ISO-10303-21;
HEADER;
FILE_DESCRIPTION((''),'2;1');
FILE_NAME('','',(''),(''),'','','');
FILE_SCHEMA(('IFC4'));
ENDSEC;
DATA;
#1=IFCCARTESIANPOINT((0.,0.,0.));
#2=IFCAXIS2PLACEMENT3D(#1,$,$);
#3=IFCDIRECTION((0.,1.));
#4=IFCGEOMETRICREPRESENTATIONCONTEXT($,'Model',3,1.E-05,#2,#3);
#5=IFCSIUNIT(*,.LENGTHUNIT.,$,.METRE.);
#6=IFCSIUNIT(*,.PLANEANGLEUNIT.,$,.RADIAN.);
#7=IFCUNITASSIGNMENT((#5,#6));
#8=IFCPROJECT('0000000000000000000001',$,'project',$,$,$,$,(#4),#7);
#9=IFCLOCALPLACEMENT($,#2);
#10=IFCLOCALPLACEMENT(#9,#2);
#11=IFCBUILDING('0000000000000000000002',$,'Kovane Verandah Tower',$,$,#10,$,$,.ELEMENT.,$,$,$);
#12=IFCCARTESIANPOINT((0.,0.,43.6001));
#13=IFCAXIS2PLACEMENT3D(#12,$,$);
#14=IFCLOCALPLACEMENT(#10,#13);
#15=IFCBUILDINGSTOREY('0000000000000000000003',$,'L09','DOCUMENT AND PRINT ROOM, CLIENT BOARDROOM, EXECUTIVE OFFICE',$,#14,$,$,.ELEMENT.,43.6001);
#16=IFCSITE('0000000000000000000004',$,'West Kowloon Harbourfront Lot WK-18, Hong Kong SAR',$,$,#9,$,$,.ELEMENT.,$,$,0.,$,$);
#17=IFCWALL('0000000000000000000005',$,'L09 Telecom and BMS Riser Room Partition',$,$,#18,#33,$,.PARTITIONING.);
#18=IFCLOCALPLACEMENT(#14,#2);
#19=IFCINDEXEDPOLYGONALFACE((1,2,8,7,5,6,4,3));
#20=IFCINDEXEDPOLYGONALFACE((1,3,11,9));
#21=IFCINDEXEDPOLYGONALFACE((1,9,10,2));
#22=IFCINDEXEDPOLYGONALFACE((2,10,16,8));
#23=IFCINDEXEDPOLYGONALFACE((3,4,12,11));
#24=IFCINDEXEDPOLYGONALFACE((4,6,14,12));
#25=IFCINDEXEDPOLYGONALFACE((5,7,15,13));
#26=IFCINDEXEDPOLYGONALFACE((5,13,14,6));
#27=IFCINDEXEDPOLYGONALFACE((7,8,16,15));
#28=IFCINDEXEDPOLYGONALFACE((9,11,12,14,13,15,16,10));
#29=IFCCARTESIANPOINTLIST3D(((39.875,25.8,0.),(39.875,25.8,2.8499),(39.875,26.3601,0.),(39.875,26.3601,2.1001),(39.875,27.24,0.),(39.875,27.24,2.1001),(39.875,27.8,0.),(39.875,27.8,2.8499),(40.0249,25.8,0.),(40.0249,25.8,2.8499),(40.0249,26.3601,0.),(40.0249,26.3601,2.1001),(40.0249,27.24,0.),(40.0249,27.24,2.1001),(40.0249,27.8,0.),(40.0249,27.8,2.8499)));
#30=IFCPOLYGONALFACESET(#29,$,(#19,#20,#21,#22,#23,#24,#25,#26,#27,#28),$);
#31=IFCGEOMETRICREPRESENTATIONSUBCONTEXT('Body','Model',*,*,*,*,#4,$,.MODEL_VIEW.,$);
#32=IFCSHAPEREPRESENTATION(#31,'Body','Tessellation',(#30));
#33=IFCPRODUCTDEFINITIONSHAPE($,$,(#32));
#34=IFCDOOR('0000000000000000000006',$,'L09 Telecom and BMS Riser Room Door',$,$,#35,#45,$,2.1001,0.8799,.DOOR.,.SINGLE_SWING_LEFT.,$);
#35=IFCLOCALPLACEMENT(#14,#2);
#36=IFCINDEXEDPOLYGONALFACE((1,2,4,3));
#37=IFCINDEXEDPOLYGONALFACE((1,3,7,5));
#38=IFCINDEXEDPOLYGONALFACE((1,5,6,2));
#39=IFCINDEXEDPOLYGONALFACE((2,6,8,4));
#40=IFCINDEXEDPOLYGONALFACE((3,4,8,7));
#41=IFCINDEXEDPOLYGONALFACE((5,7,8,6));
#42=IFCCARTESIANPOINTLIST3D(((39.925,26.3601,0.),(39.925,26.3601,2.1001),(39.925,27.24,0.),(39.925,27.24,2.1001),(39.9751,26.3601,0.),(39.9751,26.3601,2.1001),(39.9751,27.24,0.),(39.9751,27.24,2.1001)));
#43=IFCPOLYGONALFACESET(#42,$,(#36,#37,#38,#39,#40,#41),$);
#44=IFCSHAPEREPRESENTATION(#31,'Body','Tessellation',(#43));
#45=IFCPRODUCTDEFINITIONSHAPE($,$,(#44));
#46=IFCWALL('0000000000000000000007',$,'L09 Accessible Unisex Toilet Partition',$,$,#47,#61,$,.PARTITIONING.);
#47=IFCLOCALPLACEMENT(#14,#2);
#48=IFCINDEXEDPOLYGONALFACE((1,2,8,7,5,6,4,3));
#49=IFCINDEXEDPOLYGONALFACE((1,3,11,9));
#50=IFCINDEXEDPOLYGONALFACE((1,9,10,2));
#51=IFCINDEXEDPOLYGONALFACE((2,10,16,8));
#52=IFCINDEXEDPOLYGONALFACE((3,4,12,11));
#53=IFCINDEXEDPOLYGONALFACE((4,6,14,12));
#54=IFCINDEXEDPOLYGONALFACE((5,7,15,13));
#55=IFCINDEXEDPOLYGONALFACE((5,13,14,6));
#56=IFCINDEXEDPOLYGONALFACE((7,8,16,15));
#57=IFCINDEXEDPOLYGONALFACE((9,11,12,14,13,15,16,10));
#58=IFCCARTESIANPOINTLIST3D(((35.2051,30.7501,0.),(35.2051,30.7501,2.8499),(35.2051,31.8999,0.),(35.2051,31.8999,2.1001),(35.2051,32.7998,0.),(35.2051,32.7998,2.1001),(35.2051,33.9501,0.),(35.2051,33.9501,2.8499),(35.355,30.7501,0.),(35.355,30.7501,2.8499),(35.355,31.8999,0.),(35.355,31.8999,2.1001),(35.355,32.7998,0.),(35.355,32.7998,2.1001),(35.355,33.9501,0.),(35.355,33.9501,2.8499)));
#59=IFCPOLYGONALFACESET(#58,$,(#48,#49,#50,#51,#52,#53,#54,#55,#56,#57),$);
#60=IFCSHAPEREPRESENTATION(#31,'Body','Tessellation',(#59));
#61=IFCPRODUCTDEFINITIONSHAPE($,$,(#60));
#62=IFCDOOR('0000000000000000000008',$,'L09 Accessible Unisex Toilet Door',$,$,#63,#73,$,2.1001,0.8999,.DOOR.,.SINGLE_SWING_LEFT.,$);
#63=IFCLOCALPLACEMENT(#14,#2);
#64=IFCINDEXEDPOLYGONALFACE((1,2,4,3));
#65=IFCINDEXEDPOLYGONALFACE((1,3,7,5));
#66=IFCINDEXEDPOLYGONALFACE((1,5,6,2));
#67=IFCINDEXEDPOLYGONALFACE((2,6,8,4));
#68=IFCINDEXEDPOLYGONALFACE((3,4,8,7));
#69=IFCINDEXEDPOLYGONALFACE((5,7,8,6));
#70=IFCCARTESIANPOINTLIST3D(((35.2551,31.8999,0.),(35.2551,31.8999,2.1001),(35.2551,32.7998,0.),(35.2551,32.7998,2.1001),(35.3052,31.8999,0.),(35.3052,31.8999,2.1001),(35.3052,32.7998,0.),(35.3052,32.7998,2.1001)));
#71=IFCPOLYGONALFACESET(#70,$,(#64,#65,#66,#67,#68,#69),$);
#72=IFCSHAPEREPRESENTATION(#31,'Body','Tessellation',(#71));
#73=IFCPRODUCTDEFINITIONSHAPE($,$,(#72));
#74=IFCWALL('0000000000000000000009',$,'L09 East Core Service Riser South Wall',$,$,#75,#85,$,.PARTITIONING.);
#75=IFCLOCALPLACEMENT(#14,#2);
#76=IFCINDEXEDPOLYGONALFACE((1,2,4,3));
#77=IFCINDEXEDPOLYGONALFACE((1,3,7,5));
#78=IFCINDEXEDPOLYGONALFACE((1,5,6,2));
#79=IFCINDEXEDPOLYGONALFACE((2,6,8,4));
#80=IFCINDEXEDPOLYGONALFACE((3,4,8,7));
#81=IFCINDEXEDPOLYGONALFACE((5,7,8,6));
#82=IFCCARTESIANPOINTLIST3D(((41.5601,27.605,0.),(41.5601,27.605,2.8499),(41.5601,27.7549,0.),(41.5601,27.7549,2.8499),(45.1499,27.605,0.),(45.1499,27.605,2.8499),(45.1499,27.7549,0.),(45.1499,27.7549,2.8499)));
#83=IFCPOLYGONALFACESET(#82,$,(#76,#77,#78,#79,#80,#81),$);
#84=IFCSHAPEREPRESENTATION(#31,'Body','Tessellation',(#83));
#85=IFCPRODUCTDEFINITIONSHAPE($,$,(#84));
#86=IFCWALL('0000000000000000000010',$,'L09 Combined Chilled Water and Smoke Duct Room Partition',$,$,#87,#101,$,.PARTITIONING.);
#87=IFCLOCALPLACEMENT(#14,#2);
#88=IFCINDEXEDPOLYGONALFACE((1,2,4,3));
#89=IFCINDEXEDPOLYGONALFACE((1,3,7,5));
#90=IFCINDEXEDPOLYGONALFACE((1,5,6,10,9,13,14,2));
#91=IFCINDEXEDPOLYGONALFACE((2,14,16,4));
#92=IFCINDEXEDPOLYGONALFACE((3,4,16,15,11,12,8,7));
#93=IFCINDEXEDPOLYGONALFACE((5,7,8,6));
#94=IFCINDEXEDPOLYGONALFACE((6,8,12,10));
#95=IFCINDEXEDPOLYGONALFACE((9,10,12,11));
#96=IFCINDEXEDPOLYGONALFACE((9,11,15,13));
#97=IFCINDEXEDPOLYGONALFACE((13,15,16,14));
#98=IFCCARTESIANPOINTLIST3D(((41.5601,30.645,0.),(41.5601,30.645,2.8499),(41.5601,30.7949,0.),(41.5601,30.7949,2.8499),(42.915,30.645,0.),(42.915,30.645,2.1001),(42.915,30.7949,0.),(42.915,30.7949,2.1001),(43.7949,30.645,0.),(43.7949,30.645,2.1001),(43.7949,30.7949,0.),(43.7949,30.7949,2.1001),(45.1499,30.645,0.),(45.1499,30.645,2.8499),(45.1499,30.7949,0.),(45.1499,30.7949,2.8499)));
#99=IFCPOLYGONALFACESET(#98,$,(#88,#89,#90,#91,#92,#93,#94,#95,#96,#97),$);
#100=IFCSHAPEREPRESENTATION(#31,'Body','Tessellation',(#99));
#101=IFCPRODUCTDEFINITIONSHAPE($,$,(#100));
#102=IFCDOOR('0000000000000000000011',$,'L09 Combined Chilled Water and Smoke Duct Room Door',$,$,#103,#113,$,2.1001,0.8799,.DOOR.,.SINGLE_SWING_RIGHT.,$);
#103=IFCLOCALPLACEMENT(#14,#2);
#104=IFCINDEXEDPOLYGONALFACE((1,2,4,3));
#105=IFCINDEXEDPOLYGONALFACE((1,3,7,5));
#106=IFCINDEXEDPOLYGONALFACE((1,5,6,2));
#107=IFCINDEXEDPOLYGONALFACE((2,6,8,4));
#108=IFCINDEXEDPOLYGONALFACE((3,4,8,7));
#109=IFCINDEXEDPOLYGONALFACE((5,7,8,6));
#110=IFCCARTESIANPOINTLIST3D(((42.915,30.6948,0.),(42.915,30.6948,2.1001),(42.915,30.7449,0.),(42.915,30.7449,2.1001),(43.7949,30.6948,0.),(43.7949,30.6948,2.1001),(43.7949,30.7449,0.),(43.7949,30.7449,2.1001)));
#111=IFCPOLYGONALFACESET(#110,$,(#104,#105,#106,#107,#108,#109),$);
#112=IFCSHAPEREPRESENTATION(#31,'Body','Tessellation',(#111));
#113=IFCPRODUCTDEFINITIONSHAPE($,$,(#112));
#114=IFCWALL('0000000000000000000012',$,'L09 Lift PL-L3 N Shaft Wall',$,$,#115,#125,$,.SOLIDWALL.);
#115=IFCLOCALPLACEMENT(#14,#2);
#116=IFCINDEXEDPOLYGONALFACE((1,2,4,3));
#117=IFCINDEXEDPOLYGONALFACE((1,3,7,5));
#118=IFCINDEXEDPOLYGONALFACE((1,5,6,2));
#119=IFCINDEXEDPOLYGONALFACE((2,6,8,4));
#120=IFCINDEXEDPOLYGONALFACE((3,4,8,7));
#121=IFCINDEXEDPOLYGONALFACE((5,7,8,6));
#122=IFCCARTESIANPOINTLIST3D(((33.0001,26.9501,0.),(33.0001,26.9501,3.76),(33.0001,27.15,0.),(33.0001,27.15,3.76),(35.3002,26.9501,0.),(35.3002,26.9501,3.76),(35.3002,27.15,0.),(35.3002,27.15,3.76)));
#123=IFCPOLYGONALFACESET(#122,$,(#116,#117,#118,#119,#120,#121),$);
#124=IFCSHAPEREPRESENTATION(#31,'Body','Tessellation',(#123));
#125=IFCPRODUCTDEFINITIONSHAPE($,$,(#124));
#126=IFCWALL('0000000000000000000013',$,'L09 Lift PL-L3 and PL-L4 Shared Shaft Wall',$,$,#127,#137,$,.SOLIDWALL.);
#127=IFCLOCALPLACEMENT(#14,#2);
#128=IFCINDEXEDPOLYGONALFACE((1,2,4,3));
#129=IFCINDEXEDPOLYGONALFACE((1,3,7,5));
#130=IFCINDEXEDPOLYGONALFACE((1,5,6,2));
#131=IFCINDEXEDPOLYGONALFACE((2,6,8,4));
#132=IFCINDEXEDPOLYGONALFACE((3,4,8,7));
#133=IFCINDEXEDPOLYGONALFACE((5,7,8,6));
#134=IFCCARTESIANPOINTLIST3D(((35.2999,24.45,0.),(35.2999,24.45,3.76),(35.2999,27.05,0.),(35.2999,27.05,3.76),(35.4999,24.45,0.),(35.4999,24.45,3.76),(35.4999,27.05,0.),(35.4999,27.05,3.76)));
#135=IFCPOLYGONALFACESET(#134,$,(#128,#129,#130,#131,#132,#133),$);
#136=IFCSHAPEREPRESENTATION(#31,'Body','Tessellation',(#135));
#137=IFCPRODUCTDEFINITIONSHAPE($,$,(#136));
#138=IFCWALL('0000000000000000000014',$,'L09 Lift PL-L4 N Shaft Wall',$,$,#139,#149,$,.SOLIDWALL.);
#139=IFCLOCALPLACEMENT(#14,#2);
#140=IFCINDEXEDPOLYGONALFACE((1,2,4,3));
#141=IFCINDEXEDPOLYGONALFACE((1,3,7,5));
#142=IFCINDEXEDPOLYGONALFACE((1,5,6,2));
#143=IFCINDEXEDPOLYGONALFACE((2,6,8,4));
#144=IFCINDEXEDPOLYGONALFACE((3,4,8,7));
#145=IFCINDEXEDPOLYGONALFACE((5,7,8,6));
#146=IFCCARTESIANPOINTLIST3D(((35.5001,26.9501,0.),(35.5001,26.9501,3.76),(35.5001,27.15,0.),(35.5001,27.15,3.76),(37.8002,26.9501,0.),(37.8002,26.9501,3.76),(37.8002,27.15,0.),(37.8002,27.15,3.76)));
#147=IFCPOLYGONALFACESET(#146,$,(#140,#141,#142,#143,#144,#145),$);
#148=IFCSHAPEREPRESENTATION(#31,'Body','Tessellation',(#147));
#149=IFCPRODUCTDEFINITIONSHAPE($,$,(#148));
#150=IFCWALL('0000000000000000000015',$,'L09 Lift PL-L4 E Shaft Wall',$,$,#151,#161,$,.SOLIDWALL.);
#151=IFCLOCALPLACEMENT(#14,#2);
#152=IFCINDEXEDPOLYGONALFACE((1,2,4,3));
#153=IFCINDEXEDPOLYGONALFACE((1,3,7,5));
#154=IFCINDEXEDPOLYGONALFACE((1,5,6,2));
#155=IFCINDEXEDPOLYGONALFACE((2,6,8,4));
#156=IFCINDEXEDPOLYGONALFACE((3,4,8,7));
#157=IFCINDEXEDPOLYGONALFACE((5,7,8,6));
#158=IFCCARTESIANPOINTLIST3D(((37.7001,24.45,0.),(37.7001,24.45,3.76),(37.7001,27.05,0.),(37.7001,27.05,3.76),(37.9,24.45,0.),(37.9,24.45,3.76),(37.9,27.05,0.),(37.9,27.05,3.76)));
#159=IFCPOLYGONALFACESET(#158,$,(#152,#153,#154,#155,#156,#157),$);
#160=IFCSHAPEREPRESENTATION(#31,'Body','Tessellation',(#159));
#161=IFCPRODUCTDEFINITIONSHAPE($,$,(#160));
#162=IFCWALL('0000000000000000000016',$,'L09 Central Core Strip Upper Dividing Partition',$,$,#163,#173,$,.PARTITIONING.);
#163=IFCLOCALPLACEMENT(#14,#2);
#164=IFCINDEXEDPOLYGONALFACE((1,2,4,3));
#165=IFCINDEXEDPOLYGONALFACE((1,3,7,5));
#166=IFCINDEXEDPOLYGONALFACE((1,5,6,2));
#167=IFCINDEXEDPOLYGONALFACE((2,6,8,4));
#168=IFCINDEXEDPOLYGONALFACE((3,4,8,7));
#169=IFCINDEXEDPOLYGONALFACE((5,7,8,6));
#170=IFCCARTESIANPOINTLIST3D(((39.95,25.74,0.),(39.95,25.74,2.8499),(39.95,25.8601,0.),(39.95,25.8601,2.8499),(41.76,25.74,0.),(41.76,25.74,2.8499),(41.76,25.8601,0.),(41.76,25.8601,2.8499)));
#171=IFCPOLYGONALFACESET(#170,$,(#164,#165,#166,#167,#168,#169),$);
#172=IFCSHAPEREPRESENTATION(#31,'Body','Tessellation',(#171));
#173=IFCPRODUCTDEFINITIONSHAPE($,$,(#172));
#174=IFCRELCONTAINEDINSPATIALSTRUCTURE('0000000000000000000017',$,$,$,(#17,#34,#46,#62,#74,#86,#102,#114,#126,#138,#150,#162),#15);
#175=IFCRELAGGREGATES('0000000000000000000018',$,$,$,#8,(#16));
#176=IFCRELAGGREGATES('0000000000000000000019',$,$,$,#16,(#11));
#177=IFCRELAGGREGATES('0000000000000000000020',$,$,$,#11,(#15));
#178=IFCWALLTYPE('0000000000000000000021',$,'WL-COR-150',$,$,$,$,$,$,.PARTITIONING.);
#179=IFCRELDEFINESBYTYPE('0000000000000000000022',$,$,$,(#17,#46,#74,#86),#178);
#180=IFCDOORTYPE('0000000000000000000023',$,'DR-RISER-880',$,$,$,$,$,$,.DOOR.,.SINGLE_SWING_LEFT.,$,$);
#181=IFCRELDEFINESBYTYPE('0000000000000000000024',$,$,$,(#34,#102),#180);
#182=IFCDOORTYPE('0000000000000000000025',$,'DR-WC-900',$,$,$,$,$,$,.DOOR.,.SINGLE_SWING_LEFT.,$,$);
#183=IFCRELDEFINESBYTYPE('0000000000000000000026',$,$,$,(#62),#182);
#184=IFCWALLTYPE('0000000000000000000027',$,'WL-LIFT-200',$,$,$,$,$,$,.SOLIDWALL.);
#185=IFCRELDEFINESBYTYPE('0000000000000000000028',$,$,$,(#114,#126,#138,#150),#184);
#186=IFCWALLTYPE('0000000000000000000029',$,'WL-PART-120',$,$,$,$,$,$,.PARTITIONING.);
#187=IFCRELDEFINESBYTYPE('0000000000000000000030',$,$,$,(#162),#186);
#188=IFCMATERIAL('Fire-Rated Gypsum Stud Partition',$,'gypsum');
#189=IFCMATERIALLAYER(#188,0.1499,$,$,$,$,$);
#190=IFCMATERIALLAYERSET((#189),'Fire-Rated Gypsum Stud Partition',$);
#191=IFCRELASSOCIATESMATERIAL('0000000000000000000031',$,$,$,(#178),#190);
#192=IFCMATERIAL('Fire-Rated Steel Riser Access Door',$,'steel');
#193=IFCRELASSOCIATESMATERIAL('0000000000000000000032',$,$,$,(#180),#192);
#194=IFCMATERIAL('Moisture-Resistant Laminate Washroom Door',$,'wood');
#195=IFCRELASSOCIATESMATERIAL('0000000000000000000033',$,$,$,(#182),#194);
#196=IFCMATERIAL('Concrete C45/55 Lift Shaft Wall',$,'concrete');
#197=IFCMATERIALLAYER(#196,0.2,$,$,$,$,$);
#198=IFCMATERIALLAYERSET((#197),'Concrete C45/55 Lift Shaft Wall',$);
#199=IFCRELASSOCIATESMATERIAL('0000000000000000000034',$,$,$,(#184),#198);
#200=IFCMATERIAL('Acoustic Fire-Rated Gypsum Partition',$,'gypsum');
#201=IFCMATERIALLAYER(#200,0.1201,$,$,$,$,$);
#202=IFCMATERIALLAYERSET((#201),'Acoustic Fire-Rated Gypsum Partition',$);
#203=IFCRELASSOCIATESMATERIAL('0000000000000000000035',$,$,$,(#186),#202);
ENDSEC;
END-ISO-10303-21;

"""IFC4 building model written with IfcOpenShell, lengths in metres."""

from ifc_helpers import new_model, si_unit, direction, frame, frame_2d, origin, place, context, subcontext, project, spatial, rectangle, extrude, material, layer, layer_set, type_object, element, fill, save


model = new_model("IFC4")

# Units and contexts
model_context = context("Model", 3, precision=1e-05, world=origin(), true_north=direction((0.0, 1.0)))
body_context = subcontext(model_context, "Body", "Model", "MODEL_VIEW")
ifc_project = project(units=[si_unit("LENGTHUNIT", "METRE"), si_unit("PLANEANGLEUNIT", "RADIAN")], contexts=[model_context])

# Site, building, storey
site_placement = place(None, origin())
site = spatial("IfcSite", under=ifc_project, at=site_placement, Name="West Kowloon Harbourfront Lot WK-18, Hong Kong SAR", CompositionType="ELEMENT", RefElevation=0.0)
building_placement = place(site_placement, origin())
building = spatial("IfcBuilding", under=site, at=building_placement, Name="Kovane Verandah Tower", CompositionType="ELEMENT")
storey_placement = place(building_placement, frame((0.0, 0.0, 43.6001)))
storey = spatial("IfcBuildingStorey", under=building, at=storey_placement, Name="L09", Description="DOCUMENT AND PRINT ROOM, CLIENT BOARDROOM, EXECUTIVE OFFICE", CompositionType="ELEMENT", Elevation=43.6001)

# Walls, openings, doors
ifc_material_1 = material(Name="Fire-Rated Gypsum Stud Partition", Category="gypsum")
ifc_layer_1 = layer(ifc_material_1, 0.1499)
ifc_layer_set_1 = layer_set([ifc_layer_1], Name="Fire-Rated Gypsum Stud Partition")
wall_type_1 = type_object("IfcWallType", Name="WL-COR-150", PredefinedType="PARTITIONING", material=ifc_layer_set_1)
wall_1_placement = place(storey_placement, frame((39.95, 25.8, 0.0), z_axis=(0.0, 0.0, 1.0), x_axis=(0.0, 1.0, 0.0)))
wall_1 = element("IfcWall", 1, at=wall_1_placement, inside=storey, type_object=wall_type_1, Name="L09 Telecom and BMS Riser Room Partition", PredefinedType="PARTITIONING", context=body_context, shape_type="SweptSolid", body=[
    extrude(rectangle(XDim=2.0, YDim=0.1499, at=frame_2d((1.0, 0.0))), origin(), (0.0, 0.0, 1.0), 2.8499),
])
opening_1_placement = place(wall_1_placement, frame((0.5601, 0.0, 0.0)))
opening_1 = element("IfcOpeningElement", 2, at=opening_1_placement, cuts=wall_1, PredefinedType="OPENING", context=body_context, shape_type="SweptSolid", body=[
    extrude(rectangle(XDim=0.8799, YDim=2.1001, at=frame_2d((0.4399, 1.05))), frame((0.0, 0.075, 0.0), z_axis=(0.0, -1.0, 0.0), x_axis=(1.0, 0.0, 0.0)), (0.0, 0.0, 1.0), 0.1499),
])
ifc_material_2 = material(Name="Fire-Rated Steel Riser Access Door", Category="steel")
door_type_1 = type_object("IfcDoorType", Name="DR-RISER-880", OperationType="SINGLE_SWING_LEFT", PredefinedType="DOOR", material=ifc_material_2)
door_1_placement = place(opening_1_placement, origin())
door_1 = element("IfcDoor", 3, at=door_1_placement, inside=storey, type_object=door_type_1, Name="L09 Telecom and BMS Riser Room Door", OperationType="SINGLE_SWING_LEFT", OverallHeight=2.1001, OverallWidth=0.8799, PredefinedType="DOOR", context=body_context, shape_type="SweptSolid", body=[
    extrude(rectangle(XDim=0.8799, YDim=2.1001, at=frame_2d((0.4399, 1.05))), frame((0.0, 0.0249, 0.0), z_axis=(0.0, -1.0, 0.0), x_axis=(1.0, 0.0, 0.0)), (0.0, 0.0, 1.0), 0.05),
])
fill(opening_1, door_1)
wall_2_placement = place(storey_placement, frame((35.28, 30.75, 0.0), z_axis=(0.0, 0.0, 1.0), x_axis=(0.0, 1.0, 0.0)))
wall_2 = element("IfcWall", 4, at=wall_2_placement, inside=storey, type_object=wall_type_1, Name="L09 Accessible Unisex Toilet Partition", PredefinedType="PARTITIONING", context=body_context, shape_type="SweptSolid", body=[
    extrude(rectangle(XDim=3.2, YDim=0.1499, at=frame_2d((1.6001, 0.0))), origin(), (0.0, 0.0, 1.0), 2.8499),
])
opening_2_placement = place(wall_2_placement, frame((1.1499, 0.0, 0.0)))
opening_2 = element("IfcOpeningElement", 5, at=opening_2_placement, cuts=wall_2, PredefinedType="OPENING", context=body_context, shape_type="SweptSolid", body=[
    extrude(rectangle(XDim=0.8999, YDim=2.1001, at=frame_2d((0.45, 1.05))), frame((0.0, 0.075, 0.0), z_axis=(0.0, -1.0, 0.0), x_axis=(1.0, 0.0, 0.0)), (0.0, 0.0, 1.0), 0.1499),
])
ifc_material_3 = material(Name="Moisture-Resistant Laminate Washroom Door", Category="wood")
door_type_2 = type_object("IfcDoorType", Name="DR-WC-900", OperationType="SINGLE_SWING_LEFT", PredefinedType="DOOR", material=ifc_material_3)
door_2_placement = place(opening_2_placement, origin())
door_2 = element("IfcDoor", 6, at=door_2_placement, inside=storey, type_object=door_type_2, Name="L09 Accessible Unisex Toilet Door", OperationType="SINGLE_SWING_LEFT", OverallHeight=2.1001, OverallWidth=0.8999, PredefinedType="DOOR", context=body_context, shape_type="SweptSolid", body=[
    extrude(rectangle(XDim=0.8999, YDim=2.1001, at=frame_2d((0.45, 1.05))), frame((0.0, 0.0249, 0.0), z_axis=(0.0, -1.0, 0.0), x_axis=(1.0, 0.0, 0.0)), (0.0, 0.0, 1.0), 0.05),
])
fill(opening_2, door_2)

# Wall
wall_3_placement = place(storey_placement, frame((41.5601, 27.6799, 0.0), z_axis=(0.0, 0.0, 1.0), x_axis=(1.0, 0.0, 0.0)))
element("IfcWall", 7, at=wall_3_placement, inside=storey, type_object=wall_type_1, Name="L09 East Core Service Riser South Wall", PredefinedType="PARTITIONING", context=body_context, shape_type="SweptSolid", body=[
    extrude(rectangle(XDim=3.5898, YDim=0.1499, at=frame_2d((1.7949, 0.0))), origin(), (0.0, 0.0, 1.0), 2.8499),
])

# Wall, opening, door
wall_4_placement = place(storey_placement, frame((41.5601, 30.72, 0.0), z_axis=(0.0, 0.0, 1.0), x_axis=(1.0, 0.0, 0.0)))
wall_4 = element("IfcWall", 8, at=wall_4_placement, inside=storey, type_object=wall_type_1, Name="L09 Combined Chilled Water and Smoke Duct Room Partition", PredefinedType="PARTITIONING", context=body_context, shape_type="SweptSolid", body=[
    extrude(rectangle(XDim=3.5898, YDim=0.1499, at=frame_2d((1.7949, 0.0))), origin(), (0.0, 0.0, 1.0), 2.8499),
])
opening_3_placement = place(wall_4_placement, frame((1.355, 0.0, 0.0)))
opening_3 = element("IfcOpeningElement", 9, at=opening_3_placement, cuts=wall_4, PredefinedType="OPENING", context=body_context, shape_type="SweptSolid", body=[
    extrude(rectangle(XDim=0.8799, YDim=2.1001, at=frame_2d((0.4399, 1.05))), frame((0.0, 0.075, 0.0), z_axis=(0.0, -1.0, 0.0), x_axis=(1.0, 0.0, 0.0)), (0.0, 0.0, 1.0), 0.1499),
])
door_3_placement = place(opening_3_placement, origin())
door_3 = element("IfcDoor", 10, at=door_3_placement, inside=storey, type_object=door_type_1, Name="L09 Combined Chilled Water and Smoke Duct Room Door", OperationType="SINGLE_SWING_RIGHT", OverallHeight=2.1001, OverallWidth=0.8799, PredefinedType="DOOR", context=body_context, shape_type="SweptSolid", body=[
    extrude(rectangle(XDim=0.8799, YDim=2.1001, at=frame_2d((0.4399, 1.05))), frame((0.0, 0.0249, 0.0), z_axis=(0.0, -1.0, 0.0), x_axis=(1.0, 0.0, 0.0)), (0.0, 0.0, 1.0), 0.05),
])
fill(opening_3, door_3)
ifc_material_4 = material(Name="Concrete C45/55 Lift Shaft Wall", Category="concrete")
ifc_layer_2 = layer(ifc_material_4, 0.2)
ifc_layer_set_2 = layer_set([ifc_layer_2], Name="Concrete C45/55 Lift Shaft Wall")
wall_type_2 = type_object("IfcWallType", Name="WL-LIFT-200", PredefinedType="SOLIDWALL", material=ifc_layer_set_2)

# Walls
wall_5_placement = place(storey_placement, frame((35.3, 27.05, 0.0), z_axis=(0.0, 0.0, 1.0), x_axis=(-1.0, 0.0, 0.0)))
element("IfcWall", 11, at=wall_5_placement, inside=storey, type_object=wall_type_2, Name="L09 Lift PL-L3 N Shaft Wall", PredefinedType="SOLIDWALL", context=body_context, shape_type="SweptSolid", body=[
    extrude(rectangle(XDim=2.3, YDim=0.2, at=frame_2d((1.1499, 0.0))), origin(), (0.0, 0.0, 1.0), 3.76),
])
wall_6_placement = place(storey_placement, frame((35.3999, 24.45, 0.0), z_axis=(0.0, 0.0, 1.0), x_axis=(0.0, 1.0, 0.0)))
element("IfcWall", 12, at=wall_6_placement, inside=storey, type_object=wall_type_2, Name="L09 Lift PL-L3 and PL-L4 Shared Shaft Wall", PredefinedType="SOLIDWALL", context=body_context, shape_type="SweptSolid", body=[
    extrude(rectangle(XDim=2.6001, YDim=0.2, at=frame_2d((1.3, 0.0))), origin(), (0.0, 0.0, 1.0), 3.76),
])

# Walls
wall_7_placement = place(storey_placement, frame((37.8, 27.05, 0.0), z_axis=(0.0, 0.0, 1.0), x_axis=(-1.0, 0.0, 0.0)))
element("IfcWall", 13, at=wall_7_placement, inside=storey, type_object=wall_type_2, Name="L09 Lift PL-L4 N Shaft Wall", PredefinedType="SOLIDWALL", context=body_context, shape_type="SweptSolid", body=[
    extrude(rectangle(XDim=2.3, YDim=0.2, at=frame_2d((1.1499, 0.0))), origin(), (0.0, 0.0, 1.0), 3.76),
])
wall_8_placement = place(storey_placement, frame((37.8, 24.45, 0.0), z_axis=(0.0, 0.0, 1.0), x_axis=(0.0, 1.0, 0.0)))
element("IfcWall", 14, at=wall_8_placement, inside=storey, type_object=wall_type_2, Name="L09 Lift PL-L4 E Shaft Wall", PredefinedType="SOLIDWALL", context=body_context, shape_type="SweptSolid", body=[
    extrude(rectangle(XDim=2.6001, YDim=0.2, at=frame_2d((1.3, 0.0))), origin(), (0.0, 0.0, 1.0), 3.76),
])
ifc_material_5 = material(Name="Acoustic Fire-Rated Gypsum Partition", Category="gypsum")
ifc_layer_3 = layer(ifc_material_5, 0.1201)
ifc_layer_set_3 = layer_set([ifc_layer_3], Name="Acoustic Fire-Rated Gypsum Partition")
wall_type_3 = type_object("IfcWallType", Name="WL-PART-120", PredefinedType="PARTITIONING", material=ifc_layer_set_3)
wall_9_placement = place(storey_placement, frame((39.95, 25.8, 0.0), z_axis=(0.0, 0.0, 1.0), x_axis=(1.0, 0.0, 0.0)))
element("IfcWall", 15, at=wall_9_placement, inside=storey, type_object=wall_type_3, Name="L09 Central Core Strip Upper Dividing Partition", PredefinedType="PARTITIONING", context=body_context, shape_type="SweptSolid", body=[
    extrude(rectangle(XDim=1.8101, YDim=0.1201, at=frame_2d((0.905, 0.0))), origin(), (0.0, 0.0, 1.0), 2.8499),
])

save(model, "model.ifc")
